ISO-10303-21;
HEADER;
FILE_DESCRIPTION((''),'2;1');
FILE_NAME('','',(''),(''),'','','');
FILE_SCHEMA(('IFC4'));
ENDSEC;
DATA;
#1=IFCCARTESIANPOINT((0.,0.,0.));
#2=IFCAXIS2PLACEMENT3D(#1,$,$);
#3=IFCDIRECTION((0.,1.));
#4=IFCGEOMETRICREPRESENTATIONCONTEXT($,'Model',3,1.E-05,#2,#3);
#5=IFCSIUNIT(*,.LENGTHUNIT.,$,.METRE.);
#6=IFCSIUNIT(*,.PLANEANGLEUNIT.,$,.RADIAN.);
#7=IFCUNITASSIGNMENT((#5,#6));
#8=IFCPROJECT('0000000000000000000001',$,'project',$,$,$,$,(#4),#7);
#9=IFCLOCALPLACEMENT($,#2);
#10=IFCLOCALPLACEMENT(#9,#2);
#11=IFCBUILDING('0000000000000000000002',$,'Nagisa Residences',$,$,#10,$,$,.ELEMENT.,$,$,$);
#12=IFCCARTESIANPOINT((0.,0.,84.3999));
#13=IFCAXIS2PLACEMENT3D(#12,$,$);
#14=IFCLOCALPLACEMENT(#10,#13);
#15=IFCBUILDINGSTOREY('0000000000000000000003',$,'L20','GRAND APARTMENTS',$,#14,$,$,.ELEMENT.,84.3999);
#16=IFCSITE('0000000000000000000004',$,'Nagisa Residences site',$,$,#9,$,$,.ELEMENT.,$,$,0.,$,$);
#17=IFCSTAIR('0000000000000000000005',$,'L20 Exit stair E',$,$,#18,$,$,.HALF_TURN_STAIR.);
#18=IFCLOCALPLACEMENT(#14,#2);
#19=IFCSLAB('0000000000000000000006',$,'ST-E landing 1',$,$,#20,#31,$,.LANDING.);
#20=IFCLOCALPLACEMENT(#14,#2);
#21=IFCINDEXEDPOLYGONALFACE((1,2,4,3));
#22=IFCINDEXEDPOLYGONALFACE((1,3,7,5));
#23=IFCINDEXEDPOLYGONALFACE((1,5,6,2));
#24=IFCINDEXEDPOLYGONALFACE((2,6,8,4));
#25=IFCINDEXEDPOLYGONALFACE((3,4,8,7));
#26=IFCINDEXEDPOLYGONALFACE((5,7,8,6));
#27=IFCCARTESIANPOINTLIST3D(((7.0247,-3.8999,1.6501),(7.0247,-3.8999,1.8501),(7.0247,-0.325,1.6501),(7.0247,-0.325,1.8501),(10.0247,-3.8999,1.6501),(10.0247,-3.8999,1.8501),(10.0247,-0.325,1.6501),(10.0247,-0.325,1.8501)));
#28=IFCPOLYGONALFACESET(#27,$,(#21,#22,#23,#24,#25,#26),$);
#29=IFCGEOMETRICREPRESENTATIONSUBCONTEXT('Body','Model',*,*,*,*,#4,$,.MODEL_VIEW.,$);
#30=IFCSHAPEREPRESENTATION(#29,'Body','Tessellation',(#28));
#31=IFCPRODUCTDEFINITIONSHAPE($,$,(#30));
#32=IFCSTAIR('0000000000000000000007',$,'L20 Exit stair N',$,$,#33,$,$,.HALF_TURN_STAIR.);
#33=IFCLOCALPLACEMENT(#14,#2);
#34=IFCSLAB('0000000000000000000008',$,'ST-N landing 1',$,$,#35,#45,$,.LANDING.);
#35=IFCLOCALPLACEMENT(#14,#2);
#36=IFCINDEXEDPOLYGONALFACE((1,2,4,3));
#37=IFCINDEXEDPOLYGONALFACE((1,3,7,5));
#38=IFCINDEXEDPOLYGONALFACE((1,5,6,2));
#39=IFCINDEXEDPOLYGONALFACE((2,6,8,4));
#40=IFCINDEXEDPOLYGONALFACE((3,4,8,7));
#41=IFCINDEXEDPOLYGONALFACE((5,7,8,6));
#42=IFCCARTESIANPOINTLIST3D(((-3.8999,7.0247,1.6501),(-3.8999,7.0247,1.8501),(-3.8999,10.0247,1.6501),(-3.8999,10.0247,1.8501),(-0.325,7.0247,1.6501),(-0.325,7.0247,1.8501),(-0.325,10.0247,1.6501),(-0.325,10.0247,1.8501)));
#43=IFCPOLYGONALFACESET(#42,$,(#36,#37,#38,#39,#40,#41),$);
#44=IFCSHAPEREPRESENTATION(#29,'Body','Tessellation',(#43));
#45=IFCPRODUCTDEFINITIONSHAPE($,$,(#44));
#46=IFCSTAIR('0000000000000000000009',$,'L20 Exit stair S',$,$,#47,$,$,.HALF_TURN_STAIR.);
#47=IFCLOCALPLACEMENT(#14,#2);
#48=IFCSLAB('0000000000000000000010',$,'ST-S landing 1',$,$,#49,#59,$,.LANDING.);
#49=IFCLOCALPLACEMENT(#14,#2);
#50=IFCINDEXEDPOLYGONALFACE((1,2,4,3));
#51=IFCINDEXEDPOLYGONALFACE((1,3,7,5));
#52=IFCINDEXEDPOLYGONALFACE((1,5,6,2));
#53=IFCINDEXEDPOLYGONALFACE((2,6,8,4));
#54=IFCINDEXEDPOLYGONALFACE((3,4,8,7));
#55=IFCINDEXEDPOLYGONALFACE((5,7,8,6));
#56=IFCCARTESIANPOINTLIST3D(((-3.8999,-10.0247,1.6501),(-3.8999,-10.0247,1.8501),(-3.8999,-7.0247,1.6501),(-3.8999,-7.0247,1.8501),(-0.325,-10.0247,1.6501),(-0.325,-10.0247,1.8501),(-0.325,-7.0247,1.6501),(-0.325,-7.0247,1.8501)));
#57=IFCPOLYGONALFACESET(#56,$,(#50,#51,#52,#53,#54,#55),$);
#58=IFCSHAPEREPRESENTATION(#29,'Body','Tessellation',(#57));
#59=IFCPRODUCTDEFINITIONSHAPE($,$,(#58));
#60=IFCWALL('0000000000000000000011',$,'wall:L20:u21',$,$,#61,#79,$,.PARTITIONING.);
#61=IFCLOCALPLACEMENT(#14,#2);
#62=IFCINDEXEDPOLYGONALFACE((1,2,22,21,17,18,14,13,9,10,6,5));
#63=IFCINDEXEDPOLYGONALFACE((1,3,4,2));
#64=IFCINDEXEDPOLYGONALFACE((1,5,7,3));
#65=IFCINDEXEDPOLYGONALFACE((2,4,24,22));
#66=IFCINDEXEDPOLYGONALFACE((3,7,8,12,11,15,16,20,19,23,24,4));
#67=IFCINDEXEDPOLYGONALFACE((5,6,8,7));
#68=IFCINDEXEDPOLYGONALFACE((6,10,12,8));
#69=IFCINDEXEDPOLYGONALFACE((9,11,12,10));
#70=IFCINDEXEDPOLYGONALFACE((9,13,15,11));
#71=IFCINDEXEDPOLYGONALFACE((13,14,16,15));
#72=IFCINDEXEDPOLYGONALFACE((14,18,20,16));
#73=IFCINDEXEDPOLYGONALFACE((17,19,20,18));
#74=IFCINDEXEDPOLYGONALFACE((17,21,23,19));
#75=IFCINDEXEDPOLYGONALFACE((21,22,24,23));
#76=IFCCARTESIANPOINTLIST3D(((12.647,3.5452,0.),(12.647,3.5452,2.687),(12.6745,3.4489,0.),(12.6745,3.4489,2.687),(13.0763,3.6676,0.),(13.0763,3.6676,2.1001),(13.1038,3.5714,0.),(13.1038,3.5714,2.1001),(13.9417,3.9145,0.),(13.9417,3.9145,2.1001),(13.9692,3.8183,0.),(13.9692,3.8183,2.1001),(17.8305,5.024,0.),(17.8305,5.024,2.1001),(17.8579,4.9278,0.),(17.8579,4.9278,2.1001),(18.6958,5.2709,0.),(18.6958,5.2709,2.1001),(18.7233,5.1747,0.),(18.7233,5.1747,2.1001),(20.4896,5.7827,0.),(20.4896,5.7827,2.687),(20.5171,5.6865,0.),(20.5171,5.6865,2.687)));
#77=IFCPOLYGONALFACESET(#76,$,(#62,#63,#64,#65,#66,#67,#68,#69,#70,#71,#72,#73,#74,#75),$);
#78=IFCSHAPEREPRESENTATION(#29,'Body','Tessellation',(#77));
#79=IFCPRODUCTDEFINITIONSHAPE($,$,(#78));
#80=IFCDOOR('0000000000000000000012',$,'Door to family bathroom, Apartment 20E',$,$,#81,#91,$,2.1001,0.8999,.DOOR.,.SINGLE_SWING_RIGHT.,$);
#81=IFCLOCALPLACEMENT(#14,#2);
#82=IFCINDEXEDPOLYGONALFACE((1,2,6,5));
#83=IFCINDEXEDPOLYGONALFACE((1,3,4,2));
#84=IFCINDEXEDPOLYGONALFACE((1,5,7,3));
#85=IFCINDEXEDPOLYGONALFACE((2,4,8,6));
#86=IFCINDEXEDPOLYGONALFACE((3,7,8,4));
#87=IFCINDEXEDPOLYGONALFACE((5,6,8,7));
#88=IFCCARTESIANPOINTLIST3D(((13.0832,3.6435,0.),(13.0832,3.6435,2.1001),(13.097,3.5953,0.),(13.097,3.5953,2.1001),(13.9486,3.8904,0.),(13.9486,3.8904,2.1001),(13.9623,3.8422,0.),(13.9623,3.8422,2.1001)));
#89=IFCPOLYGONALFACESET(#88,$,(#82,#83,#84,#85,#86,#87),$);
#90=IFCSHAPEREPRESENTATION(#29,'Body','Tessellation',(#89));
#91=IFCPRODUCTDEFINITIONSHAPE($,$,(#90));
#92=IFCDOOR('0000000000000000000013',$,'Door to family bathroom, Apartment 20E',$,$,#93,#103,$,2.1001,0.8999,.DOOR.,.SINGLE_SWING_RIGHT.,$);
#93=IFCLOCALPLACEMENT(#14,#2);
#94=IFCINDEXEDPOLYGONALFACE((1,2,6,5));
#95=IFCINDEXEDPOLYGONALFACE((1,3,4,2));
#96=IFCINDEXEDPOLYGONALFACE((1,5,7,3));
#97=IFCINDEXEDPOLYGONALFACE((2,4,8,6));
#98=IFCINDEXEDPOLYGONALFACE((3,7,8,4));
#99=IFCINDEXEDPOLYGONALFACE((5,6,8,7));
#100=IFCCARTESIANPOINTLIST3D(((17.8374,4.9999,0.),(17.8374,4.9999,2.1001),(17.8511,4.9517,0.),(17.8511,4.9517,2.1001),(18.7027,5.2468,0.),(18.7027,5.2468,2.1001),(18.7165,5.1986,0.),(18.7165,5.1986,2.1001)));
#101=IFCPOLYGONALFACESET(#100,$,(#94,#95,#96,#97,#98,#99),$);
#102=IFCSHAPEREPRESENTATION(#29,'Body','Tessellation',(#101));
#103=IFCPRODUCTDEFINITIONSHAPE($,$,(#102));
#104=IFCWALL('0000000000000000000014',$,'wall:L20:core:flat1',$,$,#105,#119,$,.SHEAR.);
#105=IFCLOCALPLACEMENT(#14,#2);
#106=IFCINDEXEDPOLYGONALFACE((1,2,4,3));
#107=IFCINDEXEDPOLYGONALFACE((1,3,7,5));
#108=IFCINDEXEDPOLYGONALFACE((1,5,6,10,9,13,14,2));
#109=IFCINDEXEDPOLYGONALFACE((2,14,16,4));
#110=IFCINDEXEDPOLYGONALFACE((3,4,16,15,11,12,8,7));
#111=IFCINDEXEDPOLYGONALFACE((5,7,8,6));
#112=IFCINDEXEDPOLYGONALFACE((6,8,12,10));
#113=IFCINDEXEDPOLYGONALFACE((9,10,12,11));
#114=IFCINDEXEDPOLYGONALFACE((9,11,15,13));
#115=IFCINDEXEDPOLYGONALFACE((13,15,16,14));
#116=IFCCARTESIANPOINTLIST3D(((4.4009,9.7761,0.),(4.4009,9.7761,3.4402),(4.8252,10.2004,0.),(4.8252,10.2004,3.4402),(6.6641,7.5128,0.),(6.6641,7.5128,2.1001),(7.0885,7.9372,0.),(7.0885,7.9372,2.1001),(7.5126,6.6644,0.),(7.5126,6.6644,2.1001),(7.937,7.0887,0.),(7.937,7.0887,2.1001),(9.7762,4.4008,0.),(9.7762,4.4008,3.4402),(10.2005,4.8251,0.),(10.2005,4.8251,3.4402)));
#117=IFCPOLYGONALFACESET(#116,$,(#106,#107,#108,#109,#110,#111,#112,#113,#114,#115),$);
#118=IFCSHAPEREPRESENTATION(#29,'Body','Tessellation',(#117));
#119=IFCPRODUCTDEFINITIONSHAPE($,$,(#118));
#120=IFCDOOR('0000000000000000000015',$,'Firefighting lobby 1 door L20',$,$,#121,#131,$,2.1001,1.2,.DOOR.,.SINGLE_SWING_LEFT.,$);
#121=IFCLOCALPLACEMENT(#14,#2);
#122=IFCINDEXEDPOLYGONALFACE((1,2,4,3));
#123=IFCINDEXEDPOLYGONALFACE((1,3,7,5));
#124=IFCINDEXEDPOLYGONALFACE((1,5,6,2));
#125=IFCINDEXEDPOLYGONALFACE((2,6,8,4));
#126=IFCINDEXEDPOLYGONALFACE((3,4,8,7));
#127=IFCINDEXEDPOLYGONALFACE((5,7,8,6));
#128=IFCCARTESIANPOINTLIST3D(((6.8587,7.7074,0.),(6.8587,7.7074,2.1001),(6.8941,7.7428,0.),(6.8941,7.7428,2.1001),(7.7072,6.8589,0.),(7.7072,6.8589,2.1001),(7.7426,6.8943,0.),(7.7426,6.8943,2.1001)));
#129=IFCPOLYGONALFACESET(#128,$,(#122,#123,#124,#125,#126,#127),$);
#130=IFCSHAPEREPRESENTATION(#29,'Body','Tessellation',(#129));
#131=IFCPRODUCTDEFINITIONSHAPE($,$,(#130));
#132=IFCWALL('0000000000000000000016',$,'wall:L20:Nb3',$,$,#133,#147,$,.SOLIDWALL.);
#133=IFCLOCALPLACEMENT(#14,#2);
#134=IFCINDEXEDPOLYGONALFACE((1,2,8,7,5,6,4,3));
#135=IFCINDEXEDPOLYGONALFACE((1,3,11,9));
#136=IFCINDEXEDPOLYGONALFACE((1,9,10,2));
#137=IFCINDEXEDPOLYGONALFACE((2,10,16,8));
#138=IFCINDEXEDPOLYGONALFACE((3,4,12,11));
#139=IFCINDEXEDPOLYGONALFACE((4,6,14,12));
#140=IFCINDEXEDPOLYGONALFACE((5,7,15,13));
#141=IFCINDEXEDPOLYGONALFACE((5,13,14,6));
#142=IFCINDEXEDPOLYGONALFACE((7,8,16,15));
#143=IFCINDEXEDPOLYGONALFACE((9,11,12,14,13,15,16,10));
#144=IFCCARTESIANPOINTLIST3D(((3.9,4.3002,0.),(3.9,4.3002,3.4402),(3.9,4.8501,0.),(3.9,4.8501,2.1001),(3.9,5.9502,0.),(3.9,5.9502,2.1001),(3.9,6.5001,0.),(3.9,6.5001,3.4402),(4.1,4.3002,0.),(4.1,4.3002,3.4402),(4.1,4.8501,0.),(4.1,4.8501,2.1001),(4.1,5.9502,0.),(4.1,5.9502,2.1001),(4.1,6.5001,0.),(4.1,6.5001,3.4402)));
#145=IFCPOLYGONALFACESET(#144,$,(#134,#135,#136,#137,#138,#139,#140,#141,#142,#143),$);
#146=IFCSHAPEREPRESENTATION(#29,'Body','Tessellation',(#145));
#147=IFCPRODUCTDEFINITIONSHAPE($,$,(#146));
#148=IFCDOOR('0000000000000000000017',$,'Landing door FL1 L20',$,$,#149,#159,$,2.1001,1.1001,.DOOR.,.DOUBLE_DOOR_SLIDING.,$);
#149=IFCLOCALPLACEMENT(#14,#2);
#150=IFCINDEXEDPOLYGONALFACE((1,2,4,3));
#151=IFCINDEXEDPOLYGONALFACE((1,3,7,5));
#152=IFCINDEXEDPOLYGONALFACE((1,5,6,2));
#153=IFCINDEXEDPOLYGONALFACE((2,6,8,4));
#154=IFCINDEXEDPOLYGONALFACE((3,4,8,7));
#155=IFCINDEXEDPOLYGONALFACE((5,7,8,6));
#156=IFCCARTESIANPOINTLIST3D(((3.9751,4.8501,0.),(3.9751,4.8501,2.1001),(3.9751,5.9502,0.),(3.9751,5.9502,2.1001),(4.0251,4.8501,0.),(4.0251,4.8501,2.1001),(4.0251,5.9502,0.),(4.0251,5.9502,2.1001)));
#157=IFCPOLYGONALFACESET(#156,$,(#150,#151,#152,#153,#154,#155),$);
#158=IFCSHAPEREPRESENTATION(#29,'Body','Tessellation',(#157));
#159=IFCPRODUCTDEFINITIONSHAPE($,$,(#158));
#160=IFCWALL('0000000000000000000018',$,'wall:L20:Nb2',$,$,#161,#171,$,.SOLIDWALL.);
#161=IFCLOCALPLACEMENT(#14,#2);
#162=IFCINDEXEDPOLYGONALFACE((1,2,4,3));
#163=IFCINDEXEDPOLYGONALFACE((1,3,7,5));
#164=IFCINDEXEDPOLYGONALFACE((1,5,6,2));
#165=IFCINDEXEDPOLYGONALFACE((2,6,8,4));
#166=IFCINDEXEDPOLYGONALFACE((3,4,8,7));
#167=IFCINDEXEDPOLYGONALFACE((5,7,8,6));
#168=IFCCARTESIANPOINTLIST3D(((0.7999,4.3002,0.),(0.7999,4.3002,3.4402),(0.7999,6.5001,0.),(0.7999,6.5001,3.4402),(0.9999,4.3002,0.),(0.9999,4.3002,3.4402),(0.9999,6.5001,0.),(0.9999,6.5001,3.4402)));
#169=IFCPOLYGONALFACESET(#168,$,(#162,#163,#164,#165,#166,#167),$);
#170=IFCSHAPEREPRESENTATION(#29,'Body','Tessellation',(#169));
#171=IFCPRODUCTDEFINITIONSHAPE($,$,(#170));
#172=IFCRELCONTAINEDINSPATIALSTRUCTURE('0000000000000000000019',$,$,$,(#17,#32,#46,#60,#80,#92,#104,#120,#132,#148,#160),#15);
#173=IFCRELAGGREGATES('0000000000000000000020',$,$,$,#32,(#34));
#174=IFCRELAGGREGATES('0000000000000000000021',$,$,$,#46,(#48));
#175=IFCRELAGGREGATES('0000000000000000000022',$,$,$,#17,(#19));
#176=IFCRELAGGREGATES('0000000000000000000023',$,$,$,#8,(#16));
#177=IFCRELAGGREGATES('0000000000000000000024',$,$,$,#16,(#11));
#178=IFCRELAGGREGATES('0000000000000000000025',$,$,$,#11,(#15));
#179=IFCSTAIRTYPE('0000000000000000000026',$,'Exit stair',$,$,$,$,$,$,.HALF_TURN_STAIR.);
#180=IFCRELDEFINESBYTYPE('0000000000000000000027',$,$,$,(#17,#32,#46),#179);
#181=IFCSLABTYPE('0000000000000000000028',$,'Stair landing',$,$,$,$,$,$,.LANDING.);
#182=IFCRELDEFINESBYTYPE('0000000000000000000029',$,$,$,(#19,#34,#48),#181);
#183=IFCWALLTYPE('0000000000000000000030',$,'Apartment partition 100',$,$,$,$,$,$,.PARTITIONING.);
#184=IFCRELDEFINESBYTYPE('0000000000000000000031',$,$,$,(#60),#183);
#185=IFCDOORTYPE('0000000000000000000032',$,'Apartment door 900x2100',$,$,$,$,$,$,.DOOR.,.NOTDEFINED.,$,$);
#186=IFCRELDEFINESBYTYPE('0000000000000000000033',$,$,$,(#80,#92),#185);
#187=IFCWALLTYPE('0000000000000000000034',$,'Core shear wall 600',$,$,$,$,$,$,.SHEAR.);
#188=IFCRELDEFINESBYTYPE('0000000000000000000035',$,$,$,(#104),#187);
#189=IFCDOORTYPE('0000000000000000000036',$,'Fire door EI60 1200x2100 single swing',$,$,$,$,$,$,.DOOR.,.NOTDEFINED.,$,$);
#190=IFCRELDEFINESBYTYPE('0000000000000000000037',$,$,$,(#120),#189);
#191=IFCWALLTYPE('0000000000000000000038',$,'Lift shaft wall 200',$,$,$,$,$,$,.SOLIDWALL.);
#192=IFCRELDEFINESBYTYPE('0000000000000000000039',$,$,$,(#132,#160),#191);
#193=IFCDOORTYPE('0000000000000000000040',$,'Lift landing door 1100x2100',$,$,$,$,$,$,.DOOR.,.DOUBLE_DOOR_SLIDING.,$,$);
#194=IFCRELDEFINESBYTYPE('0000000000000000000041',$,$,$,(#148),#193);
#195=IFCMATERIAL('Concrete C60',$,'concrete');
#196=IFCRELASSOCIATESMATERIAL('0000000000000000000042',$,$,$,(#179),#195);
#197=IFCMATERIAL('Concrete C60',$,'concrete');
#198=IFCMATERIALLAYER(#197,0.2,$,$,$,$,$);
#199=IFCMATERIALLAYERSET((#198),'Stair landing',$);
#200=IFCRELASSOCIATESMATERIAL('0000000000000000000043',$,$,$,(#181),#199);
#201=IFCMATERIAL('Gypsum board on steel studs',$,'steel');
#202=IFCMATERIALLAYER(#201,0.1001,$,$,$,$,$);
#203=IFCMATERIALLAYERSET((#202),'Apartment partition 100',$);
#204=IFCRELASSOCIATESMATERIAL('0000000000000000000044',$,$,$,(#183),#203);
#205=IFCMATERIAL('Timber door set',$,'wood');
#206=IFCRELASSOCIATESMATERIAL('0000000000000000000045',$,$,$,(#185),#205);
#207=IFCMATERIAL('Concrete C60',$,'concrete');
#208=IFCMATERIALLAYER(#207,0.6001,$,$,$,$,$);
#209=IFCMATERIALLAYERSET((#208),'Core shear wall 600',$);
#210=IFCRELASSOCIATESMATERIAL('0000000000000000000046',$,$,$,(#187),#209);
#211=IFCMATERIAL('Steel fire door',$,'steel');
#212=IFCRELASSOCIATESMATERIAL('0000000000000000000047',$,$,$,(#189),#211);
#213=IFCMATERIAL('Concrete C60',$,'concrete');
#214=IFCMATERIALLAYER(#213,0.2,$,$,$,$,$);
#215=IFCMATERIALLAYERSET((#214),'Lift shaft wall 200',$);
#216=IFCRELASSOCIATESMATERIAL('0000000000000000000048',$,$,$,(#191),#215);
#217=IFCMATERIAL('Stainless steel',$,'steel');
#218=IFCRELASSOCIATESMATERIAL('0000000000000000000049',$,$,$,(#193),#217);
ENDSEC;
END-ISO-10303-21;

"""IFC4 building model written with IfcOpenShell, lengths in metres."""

from ifc_helpers import new_model, si_unit, direction, frame, frame_2d, origin, place, context, subcontext, project, spatial, polyline, rectangle, outline, extrude, material, layer, layer_set, type_object, element, fill, aggregate, save


model = new_model("IFC4")

# Units and contexts
model_context = context("Model", 3, precision=1e-05, world=origin(), true_north=direction((0.0, 1.0)))
body_context = subcontext(model_context, "Body", "Model", "MODEL_VIEW")
ifc_project = project(units=[si_unit("LENGTHUNIT", "METRE"), si_unit("PLANEANGLEUNIT", "RADIAN")], contexts=[model_context])

# Site, building, storey
site_placement = place(None, origin())
site = spatial("IfcSite", under=ifc_project, at=site_placement, Name="Nagisa Residences site", CompositionType="ELEMENT", RefElevation=0.0)
building_placement = place(site_placement, origin())
building = spatial("IfcBuilding", under=site, at=building_placement, Name="Nagisa Residences", CompositionType="ELEMENT")
storey_placement = place(building_placement, frame((0.0, 0.0, 84.3999)))
storey = spatial("IfcBuildingStorey", under=building, at=storey_placement, Name="L20", Description="GRAND APARTMENTS", CompositionType="ELEMENT", Elevation=84.3999)

# Stairs, slabs
ifc_material_1 = material(Name="Concrete C60", Category="concrete")
stair_type = type_object("IfcStairType", Name="Exit stair", PredefinedType="HALF_TURN_STAIR", material=ifc_material_1)
stair_1_placement = place(storey_placement, origin())
stair_1 = element("IfcStair", 1, at=stair_1_placement, inside=storey, type_object=stair_type, Name="L20 Exit stair E", PredefinedType="HALF_TURN_STAIR")
ifc_material_2 = material(Name="Concrete C60", Category="concrete")
ifc_layer_1 = layer(ifc_material_2, 0.2)
ifc_layer_set_1 = layer_set([ifc_layer_1], Name="Stair landing")
slab_type = type_object("IfcSlabType", Name="Stair landing", PredefinedType="LANDING", material=ifc_layer_set_1)
slab_1_placement = place(storey_placement, frame((0.0, 0.0, 1.6501)))
slab_1 = element("IfcSlab", 2, at=slab_1_placement, type_object=slab_type, Name="ST-E landing 1", PredefinedType="LANDING", context=body_context, shape_type="SweptSolid", body=[
    extrude(outline(polyline([(7.0247, -0.325), (7.0247, -3.8999), (10.0247, -3.8999), (10.0247, -0.325), (7.0247, -0.325)])), origin(), (0.0, 0.0, 1.0), 0.2),
])
stair_2_placement = place(storey_placement, origin())
stair_2 = element("IfcStair", 3, at=stair_2_placement, inside=storey, type_object=stair_type, Name="L20 Exit stair N", PredefinedType="HALF_TURN_STAIR")
slab_2_placement = place(storey_placement, frame((0.0, 0.0, 1.6501)))
slab_2 = element("IfcSlab", 4, at=slab_2_placement, type_object=slab_type, Name="ST-N landing 1", PredefinedType="LANDING", context=body_context, shape_type="SweptSolid", body=[
    extrude(outline(polyline([(-0.325, 10.0247), (-3.8999, 10.0247), (-3.8999, 7.0247), (-0.325, 7.0247), (-0.325, 10.0247)])), origin(), (0.0, 0.0, 1.0), 0.2),
])
aggregate(stair_2, [slab_2])
stair_3_placement = place(storey_placement, origin())
stair_3 = element("IfcStair", 5, at=stair_3_placement, inside=storey, type_object=stair_type, Name="L20 Exit stair S", PredefinedType="HALF_TURN_STAIR")
slab_3_placement = place(storey_placement, frame((0.0, 0.0, 1.6501)))
slab_3 = element("IfcSlab", 6, at=slab_3_placement, type_object=slab_type, Name="ST-S landing 1", PredefinedType="LANDING", context=body_context, shape_type="SweptSolid", body=[
    extrude(outline(polyline([(-0.325, -7.0247), (-3.8999, -7.0247), (-3.8999, -10.0247), (-0.325, -10.0247), (-0.325, -7.0247)])), origin(), (0.0, 0.0, 1.0), 0.2),
])
aggregate(stair_3, [slab_3])

# Wall, openings, doors
ifc_material_3 = material(Name="Gypsum board on steel studs", Category="steel")
ifc_layer_2 = layer(ifc_material_3, 0.1001)
ifc_layer_set_2 = layer_set([ifc_layer_2], Name="Apartment partition 100")
wall_type_1 = type_object("IfcWallType", Name="Apartment partition 100", PredefinedType="PARTITIONING", material=ifc_layer_set_2)
wall_1_placement = place(storey_placement, frame((12.6609, 3.4971, 0.0), z_axis=(0.0, 0.0, 1.0), x_axis=(0.961627, 0.274361, 0.0)))
wall_1 = element("IfcWall", 7, at=wall_1_placement, inside=storey, type_object=wall_type_1, Name="wall:L20:u21", PredefinedType="PARTITIONING", context=body_context, shape_type="SweptSolid", body=[
    extrude(rectangle(XDim=8.1555, YDim=0.1001, at=frame_2d((4.0776, 0.0))), origin(), (0.0, 0.0, 1.0), 2.687),
])
opening_1_placement = place(wall_1_placement, frame((0.4463, 0.0, 0.0)))
opening_1 = element("IfcOpeningElement", 8, at=opening_1_placement, cuts=wall_1, PredefinedType="OPENING", context=body_context, shape_type="SweptSolid", body=[
    extrude(rectangle(XDim=0.8999, YDim=2.1001, at=frame_2d((0.45, 1.05))), frame((0.0, 0.0601, 0.0), z_axis=(0.0, -1.0, 0.0), x_axis=(1.0, 0.0, 0.0)), (0.0, 0.0, 1.0), 0.1201),
])
opening_2_placement = place(wall_1_placement, frame((5.3901, 0.0, 0.0)))
opening_2 = element("IfcOpeningElement", 9, at=opening_2_placement, cuts=wall_1, PredefinedType="OPENING", context=body_context, shape_type="SweptSolid", body=[
    extrude(rectangle(XDim=0.8999, YDim=2.1001, at=frame_2d((0.45, 1.05))), frame((0.0, 0.0601, 0.0), z_axis=(0.0, -1.0, 0.0), x_axis=(1.0, 0.0, 0.0)), (0.0, 0.0, 1.0), 0.1201),
])
ifc_material_4 = material(Name="Timber door set", Category="wood")
door_type_1 = type_object("IfcDoorType", Name="Apartment door 900x2100", OperationType="NOTDEFINED", PredefinedType="DOOR", material=ifc_material_4)
door_1_placement = place(opening_1_placement, origin())
door_1 = element("IfcDoor", 10, at=door_1_placement, inside=storey, type_object=door_type_1, Name="Door to family bathroom, Apartment 20E", OperationType="SINGLE_SWING_RIGHT", OverallHeight=2.1001, OverallWidth=0.8999, PredefinedType="DOOR", context=body_context, shape_type="SweptSolid", body=[
    extrude(rectangle(XDim=0.8999, YDim=2.1001, at=frame_2d((0.45, 1.05))), frame((0.0, 0.0249, 0.0), z_axis=(0.0, -1.0, 0.0), x_axis=(1.0, 0.0, 0.0)), (0.0, 0.0, 1.0), 0.05),
])
fill(opening_1, door_1)
door_2_placement = place(opening_2_placement, origin())
door_2 = element("IfcDoor", 11, at=door_2_placement, inside=storey, type_object=door_type_1, Name="Door to family bathroom, Apartment 20E", OperationType="SINGLE_SWING_RIGHT", OverallHeight=2.1001, OverallWidth=0.8999, PredefinedType="DOOR", context=body_context, shape_type="SweptSolid", body=[
    extrude(rectangle(XDim=0.8999, YDim=2.1001, at=frame_2d((0.45, 1.05))), frame((0.0, 0.0249, 0.0), z_axis=(0.0, -1.0, 0.0), x_axis=(1.0, 0.0, 0.0)), (0.0, 0.0, 1.0), 0.05),
])
fill(opening_2, door_2)

# Walls, openings, doors
ifc_material_5 = material(Name="Concrete C60", Category="concrete")
ifc_layer_3 = layer(ifc_material_5, 0.6001)
ifc_layer_set_3 = layer_set([ifc_layer_3], Name="Core shear wall 600")
wall_type_2 = type_object("IfcWallType", Name="Core shear wall 600", PredefinedType="SHEAR", material=ifc_layer_set_3)
wall_2_placement = place(storey_placement, frame((9.9883, 4.613, 0.0), z_axis=(0.0, 0.0, 1.0), x_axis=(-0.707107, 0.707107, 0.0)))
wall_2 = element("IfcWall", 12, at=wall_2_placement, inside=storey, type_object=wall_type_2, Name="wall:L20:core:flat1", PredefinedType="SHEAR", context=body_context, shape_type="SweptSolid", body=[
    extrude(rectangle(XDim=7.6018, YDim=0.6001, at=frame_2d((3.8008, 0.0))), origin(), (0.0, 0.0, 1.0), 3.4402),
])
opening_3_placement = place(wall_2_placement, frame((3.2009, 0.0, 0.0)))
opening_3 = element("IfcOpeningElement", 13, at=opening_3_placement, cuts=wall_2, PredefinedType="OPENING", context=body_context, shape_type="SweptSolid", body=[
    extrude(rectangle(XDim=1.2, YDim=2.1001, at=frame_2d((0.6001, 1.05))), frame((0.0, 0.3101, 0.0), z_axis=(0.0, -1.0, 0.0), x_axis=(1.0, 0.0, 0.0)), (0.0, 0.0, 1.0), 0.6201),
])
ifc_material_6 = material(Name="Steel fire door", Category="steel")
door_type_2 = type_object("IfcDoorType", Name="Fire door EI60 1200x2100 single swing", OperationType="NOTDEFINED", PredefinedType="DOOR", material=ifc_material_6)
door_3_placement = place(opening_3_placement, origin())
door_3 = element("IfcDoor", 14, at=door_3_placement, inside=storey, type_object=door_type_2, Name="Firefighting lobby 1 door L20", OperationType="SINGLE_SWING_LEFT", OverallHeight=2.1001, OverallWidth=1.2, PredefinedType="DOOR", context=body_context, shape_type="SweptSolid", body=[
    extrude(rectangle(XDim=1.2, YDim=2.1001, at=frame_2d((0.6001, 1.05))), frame((0.0, 0.0249, 0.0), z_axis=(0.0, -1.0, 0.0), x_axis=(1.0, 0.0, 0.0)), (0.0, 0.0, 1.0), 0.05),
])
fill(opening_3, door_3)
ifc_material_7 = material(Name="Concrete C60", Category="concrete")
ifc_layer_4 = layer(ifc_material_7, 0.2)
ifc_layer_set_4 = layer_set([ifc_layer_4], Name="Lift shaft wall 200")
wall_type_3 = type_object("IfcWallType", Name="Lift shaft wall 200", PredefinedType="SOLIDWALL", material=ifc_layer_set_4)
wall_3_placement = place(storey_placement, frame((4.0, 4.3, 0.0), z_axis=(0.0, 0.0, 1.0), x_axis=(0.0, 1.0, 0.0)))
wall_3 = element("IfcWall", 15, at=wall_3_placement, inside=storey, type_object=wall_type_3, Name="wall:L20:Nb3", PredefinedType="SOLIDWALL", context=body_context, shape_type="SweptSolid", body=[
    extrude(rectangle(XDim=2.2, YDim=0.2, at=frame_2d((1.1001, 0.0))), origin(), (0.0, 0.0, 1.0), 3.4402),
])
opening_4_placement = place(wall_3_placement, frame((0.55, 0.0, 0.0)))
opening_4 = element("IfcOpeningElement", 16, at=opening_4_placement, cuts=wall_3, PredefinedType="OPENING", context=body_context, shape_type="SweptSolid", body=[
    extrude(rectangle(XDim=1.1001, YDim=2.1001, at=frame_2d((0.55, 1.05))), frame((0.0, 0.1099, 0.0), z_axis=(0.0, -1.0, 0.0), x_axis=(1.0, 0.0, 0.0)), (0.0, 0.0, 1.0), 0.22),
])
ifc_material_8 = material(Name="Stainless steel", Category="steel")
door_type_3 = type_object("IfcDoorType", Name="Lift landing door 1100x2100", OperationType="DOUBLE_DOOR_SLIDING", PredefinedType="DOOR", material=ifc_material_8)
door_4_placement = place(opening_4_placement, origin())
door_4 = element("IfcDoor", 17, at=door_4_placement, inside=storey, type_object=door_type_3, Name="Landing door FL1 L20", OperationType="DOUBLE_DOOR_SLIDING", OverallHeight=2.1001, OverallWidth=1.1001, PredefinedType="DOOR", context=body_context, shape_type="SweptSolid", body=[
    extrude(rectangle(XDim=1.1001, YDim=2.1001, at=frame_2d((0.55, 1.05))), frame((0.0, 0.0249, 0.0), z_axis=(0.0, -1.0, 0.0), x_axis=(1.0, 0.0, 0.0)), (0.0, 0.0, 1.0), 0.05),
])
fill(opening_4, door_4)

# Wall
wall_4_placement = place(storey_placement, frame((0.8999, 4.3, 0.0), z_axis=(0.0, 0.0, 1.0), x_axis=(0.0, 1.0, 0.0)))
element("IfcWall", 18, at=wall_4_placement, inside=storey, type_object=wall_type_3, Name="wall:L20:Nb2", PredefinedType="SOLIDWALL", context=body_context, shape_type="SweptSolid", body=[
    extrude(rectangle(XDim=2.2, YDim=0.2, at=frame_2d((1.1001, 0.0))), origin(), (0.0, 0.0, 1.0), 3.4402),
])

aggregate(stair_1, [slab_1])

save(model, "model.ifc")
